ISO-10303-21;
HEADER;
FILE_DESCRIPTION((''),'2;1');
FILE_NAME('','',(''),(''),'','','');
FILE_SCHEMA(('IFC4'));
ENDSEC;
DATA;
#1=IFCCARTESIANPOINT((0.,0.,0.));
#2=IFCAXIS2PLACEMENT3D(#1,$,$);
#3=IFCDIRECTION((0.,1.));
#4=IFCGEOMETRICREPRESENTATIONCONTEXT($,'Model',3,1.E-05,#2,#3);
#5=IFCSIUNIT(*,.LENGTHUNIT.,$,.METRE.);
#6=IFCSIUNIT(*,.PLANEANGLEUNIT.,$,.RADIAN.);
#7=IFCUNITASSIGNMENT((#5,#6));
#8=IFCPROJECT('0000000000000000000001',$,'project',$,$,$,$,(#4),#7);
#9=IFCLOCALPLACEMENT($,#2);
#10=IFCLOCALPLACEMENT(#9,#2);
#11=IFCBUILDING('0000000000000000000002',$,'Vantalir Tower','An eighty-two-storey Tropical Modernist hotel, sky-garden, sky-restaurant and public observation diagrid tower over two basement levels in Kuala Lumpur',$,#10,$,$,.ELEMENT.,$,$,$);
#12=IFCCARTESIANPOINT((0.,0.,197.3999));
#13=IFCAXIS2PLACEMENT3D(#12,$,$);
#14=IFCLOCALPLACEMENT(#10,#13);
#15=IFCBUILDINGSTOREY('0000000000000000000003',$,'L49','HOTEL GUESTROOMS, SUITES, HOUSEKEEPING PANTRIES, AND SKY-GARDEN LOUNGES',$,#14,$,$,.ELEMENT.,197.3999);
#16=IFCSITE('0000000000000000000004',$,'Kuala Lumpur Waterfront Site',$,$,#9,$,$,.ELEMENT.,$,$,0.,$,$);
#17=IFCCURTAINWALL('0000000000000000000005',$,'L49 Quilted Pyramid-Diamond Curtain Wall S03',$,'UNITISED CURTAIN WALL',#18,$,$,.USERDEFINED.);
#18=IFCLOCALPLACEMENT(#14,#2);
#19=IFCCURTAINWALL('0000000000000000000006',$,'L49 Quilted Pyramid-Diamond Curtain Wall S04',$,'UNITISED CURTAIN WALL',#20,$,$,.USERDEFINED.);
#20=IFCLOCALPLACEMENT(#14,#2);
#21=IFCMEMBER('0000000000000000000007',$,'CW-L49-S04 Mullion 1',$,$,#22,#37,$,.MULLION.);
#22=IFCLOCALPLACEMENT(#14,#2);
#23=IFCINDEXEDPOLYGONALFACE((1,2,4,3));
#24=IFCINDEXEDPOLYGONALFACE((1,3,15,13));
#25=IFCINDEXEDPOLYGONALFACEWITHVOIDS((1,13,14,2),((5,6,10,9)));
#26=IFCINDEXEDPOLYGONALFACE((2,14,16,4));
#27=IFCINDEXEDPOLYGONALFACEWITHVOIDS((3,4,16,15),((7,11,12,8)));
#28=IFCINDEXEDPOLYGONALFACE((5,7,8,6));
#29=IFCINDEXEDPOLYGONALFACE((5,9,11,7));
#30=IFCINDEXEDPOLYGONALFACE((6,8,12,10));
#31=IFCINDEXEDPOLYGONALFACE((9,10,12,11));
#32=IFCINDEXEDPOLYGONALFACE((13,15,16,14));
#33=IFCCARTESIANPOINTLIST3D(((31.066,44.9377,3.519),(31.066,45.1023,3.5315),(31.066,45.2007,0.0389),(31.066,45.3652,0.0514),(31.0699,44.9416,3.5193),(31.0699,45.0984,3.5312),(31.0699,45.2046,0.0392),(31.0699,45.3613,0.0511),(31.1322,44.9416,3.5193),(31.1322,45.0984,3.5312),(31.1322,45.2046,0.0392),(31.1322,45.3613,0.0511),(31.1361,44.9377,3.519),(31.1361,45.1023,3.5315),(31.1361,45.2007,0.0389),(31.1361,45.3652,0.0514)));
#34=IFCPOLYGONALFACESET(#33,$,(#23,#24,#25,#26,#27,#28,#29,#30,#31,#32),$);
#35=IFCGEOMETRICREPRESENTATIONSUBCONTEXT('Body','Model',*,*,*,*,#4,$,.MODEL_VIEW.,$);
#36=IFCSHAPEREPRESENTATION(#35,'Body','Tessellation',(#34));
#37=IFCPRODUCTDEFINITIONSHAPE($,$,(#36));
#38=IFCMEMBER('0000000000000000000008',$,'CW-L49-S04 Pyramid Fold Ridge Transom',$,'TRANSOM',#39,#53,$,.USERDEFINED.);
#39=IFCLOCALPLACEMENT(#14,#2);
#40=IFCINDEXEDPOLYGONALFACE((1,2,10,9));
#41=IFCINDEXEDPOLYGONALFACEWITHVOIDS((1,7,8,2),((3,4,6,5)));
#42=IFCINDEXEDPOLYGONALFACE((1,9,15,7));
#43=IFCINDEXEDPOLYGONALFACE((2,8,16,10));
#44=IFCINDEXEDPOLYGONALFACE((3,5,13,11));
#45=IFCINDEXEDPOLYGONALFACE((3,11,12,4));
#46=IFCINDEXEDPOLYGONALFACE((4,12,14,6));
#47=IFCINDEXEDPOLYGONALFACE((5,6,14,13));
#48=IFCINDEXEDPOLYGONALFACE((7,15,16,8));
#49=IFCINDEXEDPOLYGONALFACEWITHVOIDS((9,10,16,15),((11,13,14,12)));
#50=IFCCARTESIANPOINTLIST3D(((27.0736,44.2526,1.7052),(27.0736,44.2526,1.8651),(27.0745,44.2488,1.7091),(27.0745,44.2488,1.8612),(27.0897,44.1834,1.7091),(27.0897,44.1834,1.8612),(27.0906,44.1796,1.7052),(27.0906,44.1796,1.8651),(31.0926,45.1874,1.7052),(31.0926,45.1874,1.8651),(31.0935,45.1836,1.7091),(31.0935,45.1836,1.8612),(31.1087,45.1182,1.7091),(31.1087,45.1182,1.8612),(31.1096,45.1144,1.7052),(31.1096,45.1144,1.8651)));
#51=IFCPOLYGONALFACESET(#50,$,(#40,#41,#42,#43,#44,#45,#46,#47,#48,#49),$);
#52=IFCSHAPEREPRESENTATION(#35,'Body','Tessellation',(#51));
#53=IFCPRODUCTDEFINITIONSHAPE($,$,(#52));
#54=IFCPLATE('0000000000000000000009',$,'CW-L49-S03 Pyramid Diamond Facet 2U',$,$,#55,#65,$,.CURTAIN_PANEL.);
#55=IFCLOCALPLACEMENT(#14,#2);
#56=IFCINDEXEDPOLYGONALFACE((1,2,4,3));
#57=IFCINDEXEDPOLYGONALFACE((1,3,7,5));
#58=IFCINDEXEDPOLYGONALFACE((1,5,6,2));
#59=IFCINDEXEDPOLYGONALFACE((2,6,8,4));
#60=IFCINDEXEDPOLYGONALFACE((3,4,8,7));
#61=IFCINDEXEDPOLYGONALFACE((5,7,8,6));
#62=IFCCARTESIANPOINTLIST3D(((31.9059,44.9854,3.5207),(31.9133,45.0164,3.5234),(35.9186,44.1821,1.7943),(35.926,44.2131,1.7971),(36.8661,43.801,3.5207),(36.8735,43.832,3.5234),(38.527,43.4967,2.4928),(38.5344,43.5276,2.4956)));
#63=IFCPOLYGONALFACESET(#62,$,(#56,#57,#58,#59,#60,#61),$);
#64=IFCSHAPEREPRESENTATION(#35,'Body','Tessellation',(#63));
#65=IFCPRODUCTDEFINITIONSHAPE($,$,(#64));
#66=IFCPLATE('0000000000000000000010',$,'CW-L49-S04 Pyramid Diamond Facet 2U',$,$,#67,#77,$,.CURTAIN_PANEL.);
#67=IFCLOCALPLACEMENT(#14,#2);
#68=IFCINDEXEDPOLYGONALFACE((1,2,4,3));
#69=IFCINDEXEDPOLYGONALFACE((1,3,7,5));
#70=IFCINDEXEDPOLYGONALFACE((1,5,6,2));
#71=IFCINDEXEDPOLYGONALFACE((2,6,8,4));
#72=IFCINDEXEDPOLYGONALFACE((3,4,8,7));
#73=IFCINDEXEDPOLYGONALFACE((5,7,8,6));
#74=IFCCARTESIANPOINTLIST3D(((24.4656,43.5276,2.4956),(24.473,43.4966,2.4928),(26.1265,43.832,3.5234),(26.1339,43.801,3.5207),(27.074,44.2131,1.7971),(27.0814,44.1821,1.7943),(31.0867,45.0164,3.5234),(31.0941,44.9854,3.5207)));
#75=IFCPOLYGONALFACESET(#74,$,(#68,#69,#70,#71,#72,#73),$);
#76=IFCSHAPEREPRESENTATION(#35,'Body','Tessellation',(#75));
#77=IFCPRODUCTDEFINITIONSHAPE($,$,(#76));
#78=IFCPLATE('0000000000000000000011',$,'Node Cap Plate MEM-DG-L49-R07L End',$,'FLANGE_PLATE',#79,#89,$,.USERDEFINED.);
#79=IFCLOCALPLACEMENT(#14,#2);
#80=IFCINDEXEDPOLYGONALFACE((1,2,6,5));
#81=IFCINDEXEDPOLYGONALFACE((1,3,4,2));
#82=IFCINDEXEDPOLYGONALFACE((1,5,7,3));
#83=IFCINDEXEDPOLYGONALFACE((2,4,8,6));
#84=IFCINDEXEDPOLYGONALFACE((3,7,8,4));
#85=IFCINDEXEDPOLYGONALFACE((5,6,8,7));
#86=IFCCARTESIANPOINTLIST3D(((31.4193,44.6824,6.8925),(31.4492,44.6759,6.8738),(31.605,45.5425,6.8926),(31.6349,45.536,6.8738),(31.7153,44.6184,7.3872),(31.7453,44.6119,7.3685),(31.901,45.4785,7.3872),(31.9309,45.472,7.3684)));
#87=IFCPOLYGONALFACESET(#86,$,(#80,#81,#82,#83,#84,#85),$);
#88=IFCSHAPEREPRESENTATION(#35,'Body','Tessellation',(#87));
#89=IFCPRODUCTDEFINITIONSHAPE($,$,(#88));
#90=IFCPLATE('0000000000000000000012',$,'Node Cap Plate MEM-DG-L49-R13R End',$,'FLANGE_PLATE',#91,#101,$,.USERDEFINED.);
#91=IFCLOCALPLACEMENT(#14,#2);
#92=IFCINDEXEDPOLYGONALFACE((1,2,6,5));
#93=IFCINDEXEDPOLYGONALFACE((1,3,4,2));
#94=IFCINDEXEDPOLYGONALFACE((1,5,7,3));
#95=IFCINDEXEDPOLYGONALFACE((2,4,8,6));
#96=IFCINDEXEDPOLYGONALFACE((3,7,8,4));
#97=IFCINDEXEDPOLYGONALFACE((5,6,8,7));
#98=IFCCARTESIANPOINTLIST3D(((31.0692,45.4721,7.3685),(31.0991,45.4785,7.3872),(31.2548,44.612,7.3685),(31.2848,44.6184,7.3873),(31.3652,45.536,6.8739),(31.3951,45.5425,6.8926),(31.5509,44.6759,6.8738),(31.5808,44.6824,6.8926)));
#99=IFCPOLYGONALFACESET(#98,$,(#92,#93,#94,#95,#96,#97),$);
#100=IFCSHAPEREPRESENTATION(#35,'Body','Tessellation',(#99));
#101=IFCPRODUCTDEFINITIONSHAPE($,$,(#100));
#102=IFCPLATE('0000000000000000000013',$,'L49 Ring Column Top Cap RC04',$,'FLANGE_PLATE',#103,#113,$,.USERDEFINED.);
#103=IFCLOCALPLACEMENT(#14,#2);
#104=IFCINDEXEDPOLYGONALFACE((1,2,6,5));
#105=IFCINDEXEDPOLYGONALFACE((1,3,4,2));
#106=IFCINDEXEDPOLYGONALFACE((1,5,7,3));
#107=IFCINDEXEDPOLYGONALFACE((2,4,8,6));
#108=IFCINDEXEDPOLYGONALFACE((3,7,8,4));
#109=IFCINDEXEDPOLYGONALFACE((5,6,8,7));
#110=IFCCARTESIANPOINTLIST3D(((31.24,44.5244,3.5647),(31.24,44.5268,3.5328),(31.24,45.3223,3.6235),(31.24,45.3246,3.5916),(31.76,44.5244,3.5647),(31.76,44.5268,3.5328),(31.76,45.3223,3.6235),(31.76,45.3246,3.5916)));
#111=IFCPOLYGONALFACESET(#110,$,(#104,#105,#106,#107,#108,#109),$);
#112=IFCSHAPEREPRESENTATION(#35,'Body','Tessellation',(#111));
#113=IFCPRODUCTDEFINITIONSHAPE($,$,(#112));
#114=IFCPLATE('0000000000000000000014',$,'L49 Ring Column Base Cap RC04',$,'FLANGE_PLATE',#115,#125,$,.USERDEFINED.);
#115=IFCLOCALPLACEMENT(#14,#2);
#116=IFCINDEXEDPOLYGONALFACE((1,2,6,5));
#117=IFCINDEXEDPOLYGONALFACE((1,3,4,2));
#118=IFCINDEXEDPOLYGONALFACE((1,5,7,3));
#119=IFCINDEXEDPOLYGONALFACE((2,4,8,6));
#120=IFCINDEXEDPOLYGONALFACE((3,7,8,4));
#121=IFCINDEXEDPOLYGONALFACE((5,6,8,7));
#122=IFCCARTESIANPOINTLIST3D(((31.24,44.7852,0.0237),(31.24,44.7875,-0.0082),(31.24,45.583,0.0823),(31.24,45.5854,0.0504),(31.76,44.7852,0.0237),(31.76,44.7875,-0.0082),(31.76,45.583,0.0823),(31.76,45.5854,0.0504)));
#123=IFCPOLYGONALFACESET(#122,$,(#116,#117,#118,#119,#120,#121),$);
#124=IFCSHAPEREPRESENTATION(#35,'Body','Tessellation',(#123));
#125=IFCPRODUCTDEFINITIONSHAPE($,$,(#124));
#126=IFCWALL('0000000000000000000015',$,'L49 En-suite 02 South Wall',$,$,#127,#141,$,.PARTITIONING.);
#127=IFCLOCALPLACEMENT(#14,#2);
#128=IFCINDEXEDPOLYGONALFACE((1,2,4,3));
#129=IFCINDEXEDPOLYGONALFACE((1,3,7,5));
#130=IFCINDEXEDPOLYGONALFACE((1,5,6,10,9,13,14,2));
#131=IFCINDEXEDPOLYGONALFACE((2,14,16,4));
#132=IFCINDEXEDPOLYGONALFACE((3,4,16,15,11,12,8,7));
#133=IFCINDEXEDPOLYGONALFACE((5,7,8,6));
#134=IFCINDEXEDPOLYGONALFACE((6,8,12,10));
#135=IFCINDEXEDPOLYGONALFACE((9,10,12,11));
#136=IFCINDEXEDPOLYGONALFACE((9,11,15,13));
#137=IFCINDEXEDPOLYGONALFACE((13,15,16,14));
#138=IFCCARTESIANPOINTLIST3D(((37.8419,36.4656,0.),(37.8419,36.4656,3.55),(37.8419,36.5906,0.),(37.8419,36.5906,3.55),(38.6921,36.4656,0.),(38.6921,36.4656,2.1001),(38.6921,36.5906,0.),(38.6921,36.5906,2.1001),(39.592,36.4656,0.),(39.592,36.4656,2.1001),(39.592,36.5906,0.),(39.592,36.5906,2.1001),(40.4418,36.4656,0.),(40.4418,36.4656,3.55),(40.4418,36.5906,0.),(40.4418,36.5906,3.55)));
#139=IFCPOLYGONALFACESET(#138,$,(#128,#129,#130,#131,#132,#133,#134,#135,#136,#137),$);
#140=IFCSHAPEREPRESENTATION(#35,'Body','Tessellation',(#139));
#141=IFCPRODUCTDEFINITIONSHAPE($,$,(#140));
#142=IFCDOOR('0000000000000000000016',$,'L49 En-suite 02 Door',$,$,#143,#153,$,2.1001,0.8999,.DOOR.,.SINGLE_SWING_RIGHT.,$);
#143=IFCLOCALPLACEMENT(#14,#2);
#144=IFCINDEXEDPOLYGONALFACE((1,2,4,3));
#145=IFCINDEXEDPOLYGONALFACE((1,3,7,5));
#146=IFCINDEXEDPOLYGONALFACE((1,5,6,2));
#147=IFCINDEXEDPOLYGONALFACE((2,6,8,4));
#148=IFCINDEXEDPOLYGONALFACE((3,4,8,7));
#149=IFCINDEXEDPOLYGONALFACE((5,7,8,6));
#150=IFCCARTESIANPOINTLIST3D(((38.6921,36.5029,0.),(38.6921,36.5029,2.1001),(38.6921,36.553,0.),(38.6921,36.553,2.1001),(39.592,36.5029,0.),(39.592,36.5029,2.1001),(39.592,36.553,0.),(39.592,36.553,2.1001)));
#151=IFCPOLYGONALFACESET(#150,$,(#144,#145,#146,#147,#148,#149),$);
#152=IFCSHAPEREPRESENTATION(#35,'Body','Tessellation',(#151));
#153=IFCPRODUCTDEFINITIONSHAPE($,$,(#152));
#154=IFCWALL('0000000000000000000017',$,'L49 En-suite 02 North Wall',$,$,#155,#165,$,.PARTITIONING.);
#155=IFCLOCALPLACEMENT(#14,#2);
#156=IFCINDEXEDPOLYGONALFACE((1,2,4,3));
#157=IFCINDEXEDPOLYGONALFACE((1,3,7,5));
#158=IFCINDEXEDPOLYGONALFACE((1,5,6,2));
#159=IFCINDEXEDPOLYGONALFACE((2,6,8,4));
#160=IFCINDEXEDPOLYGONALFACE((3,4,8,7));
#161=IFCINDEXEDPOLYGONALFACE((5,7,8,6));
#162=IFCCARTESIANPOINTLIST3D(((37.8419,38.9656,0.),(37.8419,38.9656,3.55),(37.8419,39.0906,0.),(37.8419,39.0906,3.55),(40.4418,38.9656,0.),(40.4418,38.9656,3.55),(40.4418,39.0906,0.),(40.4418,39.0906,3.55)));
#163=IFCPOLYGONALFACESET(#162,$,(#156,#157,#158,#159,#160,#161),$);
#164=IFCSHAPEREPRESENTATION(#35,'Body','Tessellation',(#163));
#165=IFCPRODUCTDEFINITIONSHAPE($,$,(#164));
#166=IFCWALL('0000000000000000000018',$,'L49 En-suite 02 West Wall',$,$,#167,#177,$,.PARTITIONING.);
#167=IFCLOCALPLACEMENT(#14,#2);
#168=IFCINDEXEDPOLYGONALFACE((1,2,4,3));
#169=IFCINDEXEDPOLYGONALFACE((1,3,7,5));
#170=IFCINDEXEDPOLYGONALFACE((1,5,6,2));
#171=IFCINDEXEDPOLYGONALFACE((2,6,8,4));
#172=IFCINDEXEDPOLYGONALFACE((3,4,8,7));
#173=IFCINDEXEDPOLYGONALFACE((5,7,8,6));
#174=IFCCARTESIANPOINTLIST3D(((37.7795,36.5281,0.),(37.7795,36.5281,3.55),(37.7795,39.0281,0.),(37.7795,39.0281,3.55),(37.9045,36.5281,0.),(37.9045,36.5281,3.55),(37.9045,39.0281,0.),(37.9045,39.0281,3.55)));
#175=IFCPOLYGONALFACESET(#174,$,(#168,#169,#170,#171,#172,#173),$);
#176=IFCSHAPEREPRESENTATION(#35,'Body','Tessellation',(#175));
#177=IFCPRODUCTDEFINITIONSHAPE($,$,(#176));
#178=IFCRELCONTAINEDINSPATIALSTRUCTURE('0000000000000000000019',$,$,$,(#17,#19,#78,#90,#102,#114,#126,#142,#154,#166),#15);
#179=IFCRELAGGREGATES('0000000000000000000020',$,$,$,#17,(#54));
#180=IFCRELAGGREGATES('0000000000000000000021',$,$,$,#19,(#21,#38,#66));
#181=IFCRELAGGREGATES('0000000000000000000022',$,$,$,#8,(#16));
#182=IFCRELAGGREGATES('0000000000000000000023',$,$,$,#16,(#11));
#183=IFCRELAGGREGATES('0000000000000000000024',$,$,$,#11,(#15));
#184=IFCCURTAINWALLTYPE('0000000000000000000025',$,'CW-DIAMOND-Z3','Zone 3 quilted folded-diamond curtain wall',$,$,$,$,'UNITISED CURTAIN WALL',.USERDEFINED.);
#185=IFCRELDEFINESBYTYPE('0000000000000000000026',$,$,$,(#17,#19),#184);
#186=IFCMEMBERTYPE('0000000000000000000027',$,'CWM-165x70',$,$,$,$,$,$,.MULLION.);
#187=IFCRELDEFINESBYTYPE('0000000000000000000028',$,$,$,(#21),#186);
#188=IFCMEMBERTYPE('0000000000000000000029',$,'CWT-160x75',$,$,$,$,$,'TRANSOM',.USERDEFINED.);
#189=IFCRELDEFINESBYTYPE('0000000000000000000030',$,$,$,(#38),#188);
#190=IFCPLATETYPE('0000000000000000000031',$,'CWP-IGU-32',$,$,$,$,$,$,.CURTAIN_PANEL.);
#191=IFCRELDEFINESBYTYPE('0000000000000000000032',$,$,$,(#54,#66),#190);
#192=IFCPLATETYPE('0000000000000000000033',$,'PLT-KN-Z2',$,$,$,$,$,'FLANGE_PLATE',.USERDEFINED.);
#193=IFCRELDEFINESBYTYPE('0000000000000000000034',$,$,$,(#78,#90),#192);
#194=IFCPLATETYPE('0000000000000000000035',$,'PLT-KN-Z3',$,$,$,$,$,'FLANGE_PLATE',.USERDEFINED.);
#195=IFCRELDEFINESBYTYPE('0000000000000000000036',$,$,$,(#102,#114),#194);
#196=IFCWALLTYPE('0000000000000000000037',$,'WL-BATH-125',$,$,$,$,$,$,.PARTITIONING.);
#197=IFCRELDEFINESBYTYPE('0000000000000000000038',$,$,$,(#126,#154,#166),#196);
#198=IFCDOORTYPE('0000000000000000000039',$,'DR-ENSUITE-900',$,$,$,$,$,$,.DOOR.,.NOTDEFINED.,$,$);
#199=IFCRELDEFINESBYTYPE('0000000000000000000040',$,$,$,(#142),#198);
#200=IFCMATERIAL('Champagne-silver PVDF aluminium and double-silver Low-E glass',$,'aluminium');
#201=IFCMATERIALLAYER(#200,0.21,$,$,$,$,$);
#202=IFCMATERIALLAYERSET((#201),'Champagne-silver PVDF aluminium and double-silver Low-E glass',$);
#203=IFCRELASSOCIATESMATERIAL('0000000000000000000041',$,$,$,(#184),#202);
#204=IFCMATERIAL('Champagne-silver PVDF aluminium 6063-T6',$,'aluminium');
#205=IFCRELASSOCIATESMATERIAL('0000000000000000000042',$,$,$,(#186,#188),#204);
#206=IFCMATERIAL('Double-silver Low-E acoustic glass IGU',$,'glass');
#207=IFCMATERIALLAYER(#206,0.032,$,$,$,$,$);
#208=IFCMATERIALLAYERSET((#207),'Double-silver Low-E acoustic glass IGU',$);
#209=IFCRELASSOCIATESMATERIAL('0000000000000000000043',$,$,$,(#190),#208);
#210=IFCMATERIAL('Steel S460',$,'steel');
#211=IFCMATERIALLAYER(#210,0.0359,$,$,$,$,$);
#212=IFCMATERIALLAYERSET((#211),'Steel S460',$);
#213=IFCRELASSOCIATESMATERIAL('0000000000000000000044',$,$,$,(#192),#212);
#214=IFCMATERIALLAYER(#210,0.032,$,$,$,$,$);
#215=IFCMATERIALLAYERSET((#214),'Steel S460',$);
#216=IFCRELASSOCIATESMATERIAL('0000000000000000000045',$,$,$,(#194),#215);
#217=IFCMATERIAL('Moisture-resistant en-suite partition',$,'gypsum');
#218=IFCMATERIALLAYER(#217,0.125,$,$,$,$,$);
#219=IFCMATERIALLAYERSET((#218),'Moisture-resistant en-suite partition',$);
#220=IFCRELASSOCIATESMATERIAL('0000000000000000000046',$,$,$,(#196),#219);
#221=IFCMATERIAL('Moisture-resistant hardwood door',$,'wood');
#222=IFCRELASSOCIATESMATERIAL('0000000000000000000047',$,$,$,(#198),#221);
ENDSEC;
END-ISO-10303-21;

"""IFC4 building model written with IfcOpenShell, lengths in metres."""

from ifc_helpers import new_model, si_unit, direction, frame, frame_2d, origin, origin_2d, place, context, subcontext, project, spatial, polyline, rectangle, hollow_rectangle, outline, extrude, material, layer, layer_set, material_profile, profile_set, type_object, element, fill, aggregate, save


model = new_model("IFC4")

# Units and contexts
model_context = context("Model", 3, precision=1e-05, world=origin(), true_north=direction((0.0, 1.0)))
body_context = subcontext(model_context, "Body", "Model", "MODEL_VIEW")
ifc_project = project(units=[si_unit("LENGTHUNIT", "METRE"), si_unit("PLANEANGLEUNIT", "RADIAN")], contexts=[model_context])

# Site, building, storey
site_placement = place(None, origin())
site = spatial("IfcSite", under=ifc_project, at=site_placement, Name="Kuala Lumpur Waterfront Site", CompositionType="ELEMENT", RefElevation=0.0)
building_placement = place(site_placement, origin())
building = spatial("IfcBuilding", under=site, at=building_placement, Name="Vantalir Tower", Description="An eighty-two-storey Tropical Modernist hotel, sky-garden, sky-restaurant and public observation diagrid tower over two basement levels in Kuala Lumpur", CompositionType="ELEMENT")
storey_placement = place(building_placement, frame((0.0, 0.0, 197.3999)))
storey = spatial("IfcBuildingStorey", under=building, at=storey_placement, Name="L49", Description="HOTEL GUESTROOMS, SUITES, HOUSEKEEPING PANTRIES, AND SKY-GARDEN LOUNGES", CompositionType="ELEMENT", Elevation=197.3999)

# Shared definitions
ifc_material_1 = material(Name="Steel S460", Category="steel")

# Curtain wall
ifc_material_2 = material(Name="Champagne-silver PVDF aluminium and double-silver Low-E glass", Category="aluminium")
ifc_layer_1 = layer(ifc_material_2, 0.21)
ifc_layer_set_1 = layer_set([ifc_layer_1], Name="Champagne-silver PVDF aluminium and double-silver Low-E glass")
curtain_wall_type = type_object("IfcCurtainWallType", Name="CW-DIAMOND-Z3", Description="Zone 3 quilted folded-diamond curtain wall", ElementType="UNITISED CURTAIN WALL", PredefinedType="USERDEFINED", material=ifc_layer_set_1)
curtain_wall_1_placement = place(storey_placement, origin())
curtain_wall_1 = element("IfcCurtainWall", 1, at=curtain_wall_1_placement, inside=storey, type_object=curtain_wall_type, Name="L49 Quilted Pyramid-Diamond Curtain Wall S03", ObjectType="UNITISED CURTAIN WALL", PredefinedType="USERDEFINED")
ifc_material_3 = material(Name="Champagne-silver PVDF aluminium 6063-T6", Category="aluminium")
ifc_material_profile_1 = material_profile(ifc_material_3, hollow_rectangle(XDim=0.0701, YDim=0.165, WallThickness=0.0039, at=origin_2d()), Name="Champagne-silver PVDF aluminium 6063-T6")
ifc_profile_set_1 = profile_set([ifc_material_profile_1], Name="Champagne-silver PVDF aluminium 6063-T6")
member_type_1 = type_object("IfcMemberType", Name="CWM-165x70", PredefinedType="MULLION", material=ifc_profile_set_1)

# Curtain wall, members
curtain_wall_2_placement = place(storey_placement, origin())
curtain_wall_2 = element("IfcCurtainWall", 2, at=curtain_wall_2_placement, inside=storey, type_object=curtain_wall_type, Name="L49 Quilted Pyramid-Diamond Curtain Wall S04", ObjectType="UNITISED CURTAIN WALL", PredefinedType="USERDEFINED")
member_1_placement = place(storey_placement, frame((31.1011, 45.283, 0.0452), z_axis=(0.0, -0.075343, 0.997158), x_axis=(1.0, 0.0, 0.0)))
member_1 = element("IfcMember", 3, at=member_1_placement, type_object=member_type_1, Name="CW-L49-S04 Mullion 1", PredefinedType="MULLION", context=body_context, shape_type="SweptSolid", body=[
    extrude(hollow_rectangle(XDim=0.0701, YDim=0.165, WallThickness=0.0039, at=origin_2d()), origin(), (0.0, 0.0, 1.0), 3.49),
])
ifc_material_profile_2 = material_profile(ifc_material_3, hollow_rectangle(XDim=0.075, YDim=0.1599, WallThickness=0.0039, at=origin_2d()), Name="Champagne-silver PVDF aluminium 6063-T6")
ifc_profile_set_2 = profile_set([ifc_material_profile_2], Name="Champagne-silver PVDF aluminium 6063-T6")
member_type_2 = type_object("IfcMemberType", Name="CWT-160x75", ElementType="TRANSOM", PredefinedType="USERDEFINED", material=ifc_profile_set_2)
member_2_placement = place(storey_placement, frame((31.1011, 45.1509, 1.7852), z_axis=(-0.974, -0.226549, 0.0), x_axis=(0.226549, -0.974, 0.0)))
member_2 = element("IfcMember", 4, at=member_2_placement, type_object=member_type_2, Name="CW-L49-S04 Pyramid Fold Ridge Transom", ObjectType="TRANSOM", PredefinedType="USERDEFINED", context=body_context, shape_type="SweptSolid", body=[
    extrude(hollow_rectangle(XDim=0.075, YDim=0.1599, WallThickness=0.0039, at=origin_2d()), origin(), (0.0, 0.0, 1.0), 4.1262),
])

# Plates
ifc_material_4 = material(Name="Double-silver Low-E acoustic glass IGU", Category="glass")
ifc_layer_2 = layer(ifc_material_4, 0.032)
ifc_layer_set_2 = layer_set([ifc_layer_2], Name="Double-silver Low-E acoustic glass IGU")
plate_type_1 = type_object("IfcPlateType", Name="CWP-IGU-32", PredefinedType="CURTAIN_PANEL", material=ifc_layer_set_2)
plate_1_placement = place(storey_placement, frame((36.8735, 43.832, 3.5234), z_axis=(0.23137, 0.968975, 0.086922), x_axis=(-0.972656, 0.232249, 0.000001)))
plate_1 = element("IfcPlate", 5, at=plate_1_placement, type_object=plate_type_1, Name="CW-L49-S03 Pyramid Diamond Facet 2U", PredefinedType="CURTAIN_PANEL", context=body_context, shape_type="SweptSolid", body=[
    extrude(outline(polyline([(0.0, 0.0), (5.0996, 0.0), (1.0101, -1.7329), (-1.6862, -1.0317), (0.0, 0.0)])), origin(), (0.0, 0.0, -1.0), 0.032),
])
aggregate(curtain_wall_1, [plate_1])
plate_2_placement = place(storey_placement, frame((31.0867, 45.0164, 3.5234), z_axis=(-0.23137, 0.968975, 0.086922), x_axis=(-0.972656, -0.232249, -0.000001)))
plate_2 = element("IfcPlate", 6, at=plate_2_placement, type_object=plate_type_1, Name="CW-L49-S04 Pyramid Diamond Facet 2U", PredefinedType="CURTAIN_PANEL", context=body_context, shape_type="SweptSolid", body=[
    extrude(outline(polyline([(0.0, 0.0), (5.0996, 0.0), (6.7858, -1.0317), (4.0895, -1.7329), (0.0, 0.0)])), origin(), (0.0, 0.0, -1.0), 0.032),
])
aggregate(curtain_wall_2, [member_1, member_2, plate_2])

# Plates
ifc_layer_3 = layer(ifc_material_1, 0.0359)
ifc_layer_set_3 = layer_set([ifc_layer_3], Name="Steel S460")
plate_type_2 = type_object("IfcPlateType", Name="PLT-KN-Z2", ElementType="FLANGE_PLATE", PredefinedType="USERDEFINED", material=ifc_layer_set_3)
plate_3_placement = place(storey_placement, frame((31.605, 45.5425, 6.8926), z_axis=(-0.833635, 0.179954, 0.522177), x_axis=(-0.211043, -0.977477, -0.00006)))
element("IfcPlate", 7, at=plate_3_placement, inside=storey, type_object=plate_type_2, Name="Node Cap Plate MEM-DG-L49-R07L End", ObjectType="FLANGE_PLATE", PredefinedType="USERDEFINED", context=body_context, shape_type="SweptSolid", body=[
    extrude(outline(polyline([(0.0, 0.0), (0.8799, 0.0), (0.8799, 0.58), (0.0, 0.5799), (0.0, 0.0)])), origin(), (0.0, 0.0, -1.0), 0.0359),
])
plate_4_placement = place(storey_placement, frame((31.5808, 44.6824, 6.8926), z_axis=(0.833635, 0.179954, 0.522177), x_axis=(-0.211043, 0.977477, 0.00006)))
element("IfcPlate", 8, at=plate_4_placement, inside=storey, type_object=plate_type_2, Name="Node Cap Plate MEM-DG-L49-R13R End", ObjectType="FLANGE_PLATE", PredefinedType="USERDEFINED", context=body_context, shape_type="SweptSolid", body=[
    extrude(outline(polyline([(0.0, 0.0), (0.8799, 0.0), (0.8799, 0.5799), (0.0, 0.58), (0.0, 0.0)])), origin(), (0.0, 0.0, -1.0), 0.0359),
])
ifc_layer_4 = layer(ifc_material_1, 0.032)
ifc_layer_set_4 = layer_set([ifc_layer_4], Name="Steel S460")
plate_type_3 = type_object("IfcPlateType", Name="PLT-KN-Z3", ElementType="FLANGE_PLATE", PredefinedType="USERDEFINED", material=ifc_layer_set_4)
plate_5_placement = place(storey_placement, frame((31.24, 45.3223, 3.6235), z_axis=(0.0, -0.073546, 0.997292), x_axis=(0.0, -0.997292, -0.073546)))
element("IfcPlate", 9, at=plate_5_placement, inside=storey, type_object=plate_type_3, Name="L49 Ring Column Top Cap RC04", ObjectType="FLANGE_PLATE", PredefinedType="USERDEFINED", context=body_context, shape_type="SweptSolid", body=[
    extrude(outline(polyline([(0.0, 0.0), (0.8, 0.0), (0.8, 0.52), (0.0, 0.52), (0.0, 0.0)])), origin(), (0.0, 0.0, -1.0), 0.032),
])
plate_6_placement = place(storey_placement, frame((31.24, 45.583, 0.0823), z_axis=(0.0, -0.073242, 0.997314), x_axis=(0.0, -0.997314, -0.073242)))
element("IfcPlate", 10, at=plate_6_placement, inside=storey, type_object=plate_type_3, Name="L49 Ring Column Base Cap RC04", ObjectType="FLANGE_PLATE", PredefinedType="USERDEFINED", context=body_context, shape_type="SweptSolid", body=[
    extrude(outline(polyline([(0.0, 0.0), (0.8, 0.0), (0.8, 0.52), (0.0, 0.52), (0.0, 0.0)])), origin(), (0.0, 0.0, -1.0), 0.032),
])

# Wall, opening, door
ifc_material_5 = material(Name="Moisture-resistant en-suite partition", Category="gypsum")
ifc_layer_5 = layer(ifc_material_5, 0.125)
ifc_layer_set_5 = layer_set([ifc_layer_5], Name="Moisture-resistant en-suite partition")
wall_type_1 = type_object("IfcWallType", Name="WL-BATH-125", PredefinedType="PARTITIONING", material=ifc_layer_set_5)
wall_1_placement = place(storey_placement, frame((37.842, 36.5281, 0.0), z_axis=(0.0, 0.0, 1.0), x_axis=(1.0, 0.0, 0.0)))
wall_1 = element("IfcWall", 11, at=wall_1_placement, inside=storey, type_object=wall_type_1, Name="L49 En-suite 02 South Wall", PredefinedType="PARTITIONING", context=body_context, shape_type="SweptSolid", body=[
    extrude(rectangle(XDim=2.5999, YDim=0.125, at=frame_2d((1.2998, 0.0))), origin(), (0.0, 0.0, 1.0), 3.55),
])
opening_1_placement = place(wall_1_placement, frame((0.8501, 0.0, 0.0)))
opening_1 = element("IfcOpeningElement", 12, at=opening_1_placement, cuts=wall_1, PredefinedType="OPENING", context=body_context, shape_type="SweptSolid", body=[
    extrude(rectangle(XDim=0.8999, YDim=2.1001, at=frame_2d((0.45, 1.05))), frame((0.0, 0.0725, 0.0), z_axis=(0.0, -1.0, 0.0), x_axis=(1.0, 0.0, 0.0)), (0.0, 0.0, 1.0), 0.145),
])
ifc_material_6 = material(Name="Moisture-resistant hardwood door", Category="wood")
door_type_1 = type_object("IfcDoorType", Name="DR-ENSUITE-900", OperationType="NOTDEFINED", PredefinedType="DOOR", material=ifc_material_6)
door_1_placement = place(opening_1_placement, origin())
door_1 = element("IfcDoor", 13, at=door_1_placement, inside=storey, type_object=door_type_1, Name="L49 En-suite 02 Door", OperationType="SINGLE_SWING_RIGHT", OverallHeight=2.1001, OverallWidth=0.8999, PredefinedType="DOOR", context=body_context, shape_type="SweptSolid", body=[
    extrude(rectangle(XDim=0.8999, YDim=2.1001, at=frame_2d((0.45, 1.05))), frame((0.0, 0.0249, 0.0), z_axis=(0.0, -1.0, 0.0), x_axis=(1.0, 0.0, 0.0)), (0.0, 0.0, 1.0), 0.05),
])
fill(opening_1, door_1)

# Walls
wall_2_placement = place(storey_placement, frame((37.842, 39.0281, 0.0), z_axis=(0.0, 0.0, 1.0), x_axis=(1.0, 0.0, 0.0)))
element("IfcWall", 14, at=wall_2_placement, inside=storey, type_object=wall_type_1, Name="L49 En-suite 02 North Wall", PredefinedType="PARTITIONING", context=body_context, shape_type="SweptSolid", body=[
    extrude(rectangle(XDim=2.5999, YDim=0.125, at=frame_2d((1.2998, 0.0))), origin(), (0.0, 0.0, 1.0), 3.55),
])
for number, where, z_axis, x_axis, name in (
    (15, (37.842, 36.5281, 0.0), (0.0, 0.0, 1.0), (0.0, 1.0, 0.0), "L49 En-suite 02 West Wall"),
):
    element("IfcWall", number, at=place(storey_placement, frame(where, z_axis=z_axis, x_axis=x_axis)), inside=storey, type_object=wall_type_1, Name=name, PredefinedType="PARTITIONING", context=body_context, shape_type="SweptSolid", body=[
        extrude(rectangle(XDim=2.5, YDim=0.125, at=frame_2d((1.25, 0.0))), origin(), (0.0, 0.0, 1.0), 3.55),
    ])

save(model, "model.ifc")
